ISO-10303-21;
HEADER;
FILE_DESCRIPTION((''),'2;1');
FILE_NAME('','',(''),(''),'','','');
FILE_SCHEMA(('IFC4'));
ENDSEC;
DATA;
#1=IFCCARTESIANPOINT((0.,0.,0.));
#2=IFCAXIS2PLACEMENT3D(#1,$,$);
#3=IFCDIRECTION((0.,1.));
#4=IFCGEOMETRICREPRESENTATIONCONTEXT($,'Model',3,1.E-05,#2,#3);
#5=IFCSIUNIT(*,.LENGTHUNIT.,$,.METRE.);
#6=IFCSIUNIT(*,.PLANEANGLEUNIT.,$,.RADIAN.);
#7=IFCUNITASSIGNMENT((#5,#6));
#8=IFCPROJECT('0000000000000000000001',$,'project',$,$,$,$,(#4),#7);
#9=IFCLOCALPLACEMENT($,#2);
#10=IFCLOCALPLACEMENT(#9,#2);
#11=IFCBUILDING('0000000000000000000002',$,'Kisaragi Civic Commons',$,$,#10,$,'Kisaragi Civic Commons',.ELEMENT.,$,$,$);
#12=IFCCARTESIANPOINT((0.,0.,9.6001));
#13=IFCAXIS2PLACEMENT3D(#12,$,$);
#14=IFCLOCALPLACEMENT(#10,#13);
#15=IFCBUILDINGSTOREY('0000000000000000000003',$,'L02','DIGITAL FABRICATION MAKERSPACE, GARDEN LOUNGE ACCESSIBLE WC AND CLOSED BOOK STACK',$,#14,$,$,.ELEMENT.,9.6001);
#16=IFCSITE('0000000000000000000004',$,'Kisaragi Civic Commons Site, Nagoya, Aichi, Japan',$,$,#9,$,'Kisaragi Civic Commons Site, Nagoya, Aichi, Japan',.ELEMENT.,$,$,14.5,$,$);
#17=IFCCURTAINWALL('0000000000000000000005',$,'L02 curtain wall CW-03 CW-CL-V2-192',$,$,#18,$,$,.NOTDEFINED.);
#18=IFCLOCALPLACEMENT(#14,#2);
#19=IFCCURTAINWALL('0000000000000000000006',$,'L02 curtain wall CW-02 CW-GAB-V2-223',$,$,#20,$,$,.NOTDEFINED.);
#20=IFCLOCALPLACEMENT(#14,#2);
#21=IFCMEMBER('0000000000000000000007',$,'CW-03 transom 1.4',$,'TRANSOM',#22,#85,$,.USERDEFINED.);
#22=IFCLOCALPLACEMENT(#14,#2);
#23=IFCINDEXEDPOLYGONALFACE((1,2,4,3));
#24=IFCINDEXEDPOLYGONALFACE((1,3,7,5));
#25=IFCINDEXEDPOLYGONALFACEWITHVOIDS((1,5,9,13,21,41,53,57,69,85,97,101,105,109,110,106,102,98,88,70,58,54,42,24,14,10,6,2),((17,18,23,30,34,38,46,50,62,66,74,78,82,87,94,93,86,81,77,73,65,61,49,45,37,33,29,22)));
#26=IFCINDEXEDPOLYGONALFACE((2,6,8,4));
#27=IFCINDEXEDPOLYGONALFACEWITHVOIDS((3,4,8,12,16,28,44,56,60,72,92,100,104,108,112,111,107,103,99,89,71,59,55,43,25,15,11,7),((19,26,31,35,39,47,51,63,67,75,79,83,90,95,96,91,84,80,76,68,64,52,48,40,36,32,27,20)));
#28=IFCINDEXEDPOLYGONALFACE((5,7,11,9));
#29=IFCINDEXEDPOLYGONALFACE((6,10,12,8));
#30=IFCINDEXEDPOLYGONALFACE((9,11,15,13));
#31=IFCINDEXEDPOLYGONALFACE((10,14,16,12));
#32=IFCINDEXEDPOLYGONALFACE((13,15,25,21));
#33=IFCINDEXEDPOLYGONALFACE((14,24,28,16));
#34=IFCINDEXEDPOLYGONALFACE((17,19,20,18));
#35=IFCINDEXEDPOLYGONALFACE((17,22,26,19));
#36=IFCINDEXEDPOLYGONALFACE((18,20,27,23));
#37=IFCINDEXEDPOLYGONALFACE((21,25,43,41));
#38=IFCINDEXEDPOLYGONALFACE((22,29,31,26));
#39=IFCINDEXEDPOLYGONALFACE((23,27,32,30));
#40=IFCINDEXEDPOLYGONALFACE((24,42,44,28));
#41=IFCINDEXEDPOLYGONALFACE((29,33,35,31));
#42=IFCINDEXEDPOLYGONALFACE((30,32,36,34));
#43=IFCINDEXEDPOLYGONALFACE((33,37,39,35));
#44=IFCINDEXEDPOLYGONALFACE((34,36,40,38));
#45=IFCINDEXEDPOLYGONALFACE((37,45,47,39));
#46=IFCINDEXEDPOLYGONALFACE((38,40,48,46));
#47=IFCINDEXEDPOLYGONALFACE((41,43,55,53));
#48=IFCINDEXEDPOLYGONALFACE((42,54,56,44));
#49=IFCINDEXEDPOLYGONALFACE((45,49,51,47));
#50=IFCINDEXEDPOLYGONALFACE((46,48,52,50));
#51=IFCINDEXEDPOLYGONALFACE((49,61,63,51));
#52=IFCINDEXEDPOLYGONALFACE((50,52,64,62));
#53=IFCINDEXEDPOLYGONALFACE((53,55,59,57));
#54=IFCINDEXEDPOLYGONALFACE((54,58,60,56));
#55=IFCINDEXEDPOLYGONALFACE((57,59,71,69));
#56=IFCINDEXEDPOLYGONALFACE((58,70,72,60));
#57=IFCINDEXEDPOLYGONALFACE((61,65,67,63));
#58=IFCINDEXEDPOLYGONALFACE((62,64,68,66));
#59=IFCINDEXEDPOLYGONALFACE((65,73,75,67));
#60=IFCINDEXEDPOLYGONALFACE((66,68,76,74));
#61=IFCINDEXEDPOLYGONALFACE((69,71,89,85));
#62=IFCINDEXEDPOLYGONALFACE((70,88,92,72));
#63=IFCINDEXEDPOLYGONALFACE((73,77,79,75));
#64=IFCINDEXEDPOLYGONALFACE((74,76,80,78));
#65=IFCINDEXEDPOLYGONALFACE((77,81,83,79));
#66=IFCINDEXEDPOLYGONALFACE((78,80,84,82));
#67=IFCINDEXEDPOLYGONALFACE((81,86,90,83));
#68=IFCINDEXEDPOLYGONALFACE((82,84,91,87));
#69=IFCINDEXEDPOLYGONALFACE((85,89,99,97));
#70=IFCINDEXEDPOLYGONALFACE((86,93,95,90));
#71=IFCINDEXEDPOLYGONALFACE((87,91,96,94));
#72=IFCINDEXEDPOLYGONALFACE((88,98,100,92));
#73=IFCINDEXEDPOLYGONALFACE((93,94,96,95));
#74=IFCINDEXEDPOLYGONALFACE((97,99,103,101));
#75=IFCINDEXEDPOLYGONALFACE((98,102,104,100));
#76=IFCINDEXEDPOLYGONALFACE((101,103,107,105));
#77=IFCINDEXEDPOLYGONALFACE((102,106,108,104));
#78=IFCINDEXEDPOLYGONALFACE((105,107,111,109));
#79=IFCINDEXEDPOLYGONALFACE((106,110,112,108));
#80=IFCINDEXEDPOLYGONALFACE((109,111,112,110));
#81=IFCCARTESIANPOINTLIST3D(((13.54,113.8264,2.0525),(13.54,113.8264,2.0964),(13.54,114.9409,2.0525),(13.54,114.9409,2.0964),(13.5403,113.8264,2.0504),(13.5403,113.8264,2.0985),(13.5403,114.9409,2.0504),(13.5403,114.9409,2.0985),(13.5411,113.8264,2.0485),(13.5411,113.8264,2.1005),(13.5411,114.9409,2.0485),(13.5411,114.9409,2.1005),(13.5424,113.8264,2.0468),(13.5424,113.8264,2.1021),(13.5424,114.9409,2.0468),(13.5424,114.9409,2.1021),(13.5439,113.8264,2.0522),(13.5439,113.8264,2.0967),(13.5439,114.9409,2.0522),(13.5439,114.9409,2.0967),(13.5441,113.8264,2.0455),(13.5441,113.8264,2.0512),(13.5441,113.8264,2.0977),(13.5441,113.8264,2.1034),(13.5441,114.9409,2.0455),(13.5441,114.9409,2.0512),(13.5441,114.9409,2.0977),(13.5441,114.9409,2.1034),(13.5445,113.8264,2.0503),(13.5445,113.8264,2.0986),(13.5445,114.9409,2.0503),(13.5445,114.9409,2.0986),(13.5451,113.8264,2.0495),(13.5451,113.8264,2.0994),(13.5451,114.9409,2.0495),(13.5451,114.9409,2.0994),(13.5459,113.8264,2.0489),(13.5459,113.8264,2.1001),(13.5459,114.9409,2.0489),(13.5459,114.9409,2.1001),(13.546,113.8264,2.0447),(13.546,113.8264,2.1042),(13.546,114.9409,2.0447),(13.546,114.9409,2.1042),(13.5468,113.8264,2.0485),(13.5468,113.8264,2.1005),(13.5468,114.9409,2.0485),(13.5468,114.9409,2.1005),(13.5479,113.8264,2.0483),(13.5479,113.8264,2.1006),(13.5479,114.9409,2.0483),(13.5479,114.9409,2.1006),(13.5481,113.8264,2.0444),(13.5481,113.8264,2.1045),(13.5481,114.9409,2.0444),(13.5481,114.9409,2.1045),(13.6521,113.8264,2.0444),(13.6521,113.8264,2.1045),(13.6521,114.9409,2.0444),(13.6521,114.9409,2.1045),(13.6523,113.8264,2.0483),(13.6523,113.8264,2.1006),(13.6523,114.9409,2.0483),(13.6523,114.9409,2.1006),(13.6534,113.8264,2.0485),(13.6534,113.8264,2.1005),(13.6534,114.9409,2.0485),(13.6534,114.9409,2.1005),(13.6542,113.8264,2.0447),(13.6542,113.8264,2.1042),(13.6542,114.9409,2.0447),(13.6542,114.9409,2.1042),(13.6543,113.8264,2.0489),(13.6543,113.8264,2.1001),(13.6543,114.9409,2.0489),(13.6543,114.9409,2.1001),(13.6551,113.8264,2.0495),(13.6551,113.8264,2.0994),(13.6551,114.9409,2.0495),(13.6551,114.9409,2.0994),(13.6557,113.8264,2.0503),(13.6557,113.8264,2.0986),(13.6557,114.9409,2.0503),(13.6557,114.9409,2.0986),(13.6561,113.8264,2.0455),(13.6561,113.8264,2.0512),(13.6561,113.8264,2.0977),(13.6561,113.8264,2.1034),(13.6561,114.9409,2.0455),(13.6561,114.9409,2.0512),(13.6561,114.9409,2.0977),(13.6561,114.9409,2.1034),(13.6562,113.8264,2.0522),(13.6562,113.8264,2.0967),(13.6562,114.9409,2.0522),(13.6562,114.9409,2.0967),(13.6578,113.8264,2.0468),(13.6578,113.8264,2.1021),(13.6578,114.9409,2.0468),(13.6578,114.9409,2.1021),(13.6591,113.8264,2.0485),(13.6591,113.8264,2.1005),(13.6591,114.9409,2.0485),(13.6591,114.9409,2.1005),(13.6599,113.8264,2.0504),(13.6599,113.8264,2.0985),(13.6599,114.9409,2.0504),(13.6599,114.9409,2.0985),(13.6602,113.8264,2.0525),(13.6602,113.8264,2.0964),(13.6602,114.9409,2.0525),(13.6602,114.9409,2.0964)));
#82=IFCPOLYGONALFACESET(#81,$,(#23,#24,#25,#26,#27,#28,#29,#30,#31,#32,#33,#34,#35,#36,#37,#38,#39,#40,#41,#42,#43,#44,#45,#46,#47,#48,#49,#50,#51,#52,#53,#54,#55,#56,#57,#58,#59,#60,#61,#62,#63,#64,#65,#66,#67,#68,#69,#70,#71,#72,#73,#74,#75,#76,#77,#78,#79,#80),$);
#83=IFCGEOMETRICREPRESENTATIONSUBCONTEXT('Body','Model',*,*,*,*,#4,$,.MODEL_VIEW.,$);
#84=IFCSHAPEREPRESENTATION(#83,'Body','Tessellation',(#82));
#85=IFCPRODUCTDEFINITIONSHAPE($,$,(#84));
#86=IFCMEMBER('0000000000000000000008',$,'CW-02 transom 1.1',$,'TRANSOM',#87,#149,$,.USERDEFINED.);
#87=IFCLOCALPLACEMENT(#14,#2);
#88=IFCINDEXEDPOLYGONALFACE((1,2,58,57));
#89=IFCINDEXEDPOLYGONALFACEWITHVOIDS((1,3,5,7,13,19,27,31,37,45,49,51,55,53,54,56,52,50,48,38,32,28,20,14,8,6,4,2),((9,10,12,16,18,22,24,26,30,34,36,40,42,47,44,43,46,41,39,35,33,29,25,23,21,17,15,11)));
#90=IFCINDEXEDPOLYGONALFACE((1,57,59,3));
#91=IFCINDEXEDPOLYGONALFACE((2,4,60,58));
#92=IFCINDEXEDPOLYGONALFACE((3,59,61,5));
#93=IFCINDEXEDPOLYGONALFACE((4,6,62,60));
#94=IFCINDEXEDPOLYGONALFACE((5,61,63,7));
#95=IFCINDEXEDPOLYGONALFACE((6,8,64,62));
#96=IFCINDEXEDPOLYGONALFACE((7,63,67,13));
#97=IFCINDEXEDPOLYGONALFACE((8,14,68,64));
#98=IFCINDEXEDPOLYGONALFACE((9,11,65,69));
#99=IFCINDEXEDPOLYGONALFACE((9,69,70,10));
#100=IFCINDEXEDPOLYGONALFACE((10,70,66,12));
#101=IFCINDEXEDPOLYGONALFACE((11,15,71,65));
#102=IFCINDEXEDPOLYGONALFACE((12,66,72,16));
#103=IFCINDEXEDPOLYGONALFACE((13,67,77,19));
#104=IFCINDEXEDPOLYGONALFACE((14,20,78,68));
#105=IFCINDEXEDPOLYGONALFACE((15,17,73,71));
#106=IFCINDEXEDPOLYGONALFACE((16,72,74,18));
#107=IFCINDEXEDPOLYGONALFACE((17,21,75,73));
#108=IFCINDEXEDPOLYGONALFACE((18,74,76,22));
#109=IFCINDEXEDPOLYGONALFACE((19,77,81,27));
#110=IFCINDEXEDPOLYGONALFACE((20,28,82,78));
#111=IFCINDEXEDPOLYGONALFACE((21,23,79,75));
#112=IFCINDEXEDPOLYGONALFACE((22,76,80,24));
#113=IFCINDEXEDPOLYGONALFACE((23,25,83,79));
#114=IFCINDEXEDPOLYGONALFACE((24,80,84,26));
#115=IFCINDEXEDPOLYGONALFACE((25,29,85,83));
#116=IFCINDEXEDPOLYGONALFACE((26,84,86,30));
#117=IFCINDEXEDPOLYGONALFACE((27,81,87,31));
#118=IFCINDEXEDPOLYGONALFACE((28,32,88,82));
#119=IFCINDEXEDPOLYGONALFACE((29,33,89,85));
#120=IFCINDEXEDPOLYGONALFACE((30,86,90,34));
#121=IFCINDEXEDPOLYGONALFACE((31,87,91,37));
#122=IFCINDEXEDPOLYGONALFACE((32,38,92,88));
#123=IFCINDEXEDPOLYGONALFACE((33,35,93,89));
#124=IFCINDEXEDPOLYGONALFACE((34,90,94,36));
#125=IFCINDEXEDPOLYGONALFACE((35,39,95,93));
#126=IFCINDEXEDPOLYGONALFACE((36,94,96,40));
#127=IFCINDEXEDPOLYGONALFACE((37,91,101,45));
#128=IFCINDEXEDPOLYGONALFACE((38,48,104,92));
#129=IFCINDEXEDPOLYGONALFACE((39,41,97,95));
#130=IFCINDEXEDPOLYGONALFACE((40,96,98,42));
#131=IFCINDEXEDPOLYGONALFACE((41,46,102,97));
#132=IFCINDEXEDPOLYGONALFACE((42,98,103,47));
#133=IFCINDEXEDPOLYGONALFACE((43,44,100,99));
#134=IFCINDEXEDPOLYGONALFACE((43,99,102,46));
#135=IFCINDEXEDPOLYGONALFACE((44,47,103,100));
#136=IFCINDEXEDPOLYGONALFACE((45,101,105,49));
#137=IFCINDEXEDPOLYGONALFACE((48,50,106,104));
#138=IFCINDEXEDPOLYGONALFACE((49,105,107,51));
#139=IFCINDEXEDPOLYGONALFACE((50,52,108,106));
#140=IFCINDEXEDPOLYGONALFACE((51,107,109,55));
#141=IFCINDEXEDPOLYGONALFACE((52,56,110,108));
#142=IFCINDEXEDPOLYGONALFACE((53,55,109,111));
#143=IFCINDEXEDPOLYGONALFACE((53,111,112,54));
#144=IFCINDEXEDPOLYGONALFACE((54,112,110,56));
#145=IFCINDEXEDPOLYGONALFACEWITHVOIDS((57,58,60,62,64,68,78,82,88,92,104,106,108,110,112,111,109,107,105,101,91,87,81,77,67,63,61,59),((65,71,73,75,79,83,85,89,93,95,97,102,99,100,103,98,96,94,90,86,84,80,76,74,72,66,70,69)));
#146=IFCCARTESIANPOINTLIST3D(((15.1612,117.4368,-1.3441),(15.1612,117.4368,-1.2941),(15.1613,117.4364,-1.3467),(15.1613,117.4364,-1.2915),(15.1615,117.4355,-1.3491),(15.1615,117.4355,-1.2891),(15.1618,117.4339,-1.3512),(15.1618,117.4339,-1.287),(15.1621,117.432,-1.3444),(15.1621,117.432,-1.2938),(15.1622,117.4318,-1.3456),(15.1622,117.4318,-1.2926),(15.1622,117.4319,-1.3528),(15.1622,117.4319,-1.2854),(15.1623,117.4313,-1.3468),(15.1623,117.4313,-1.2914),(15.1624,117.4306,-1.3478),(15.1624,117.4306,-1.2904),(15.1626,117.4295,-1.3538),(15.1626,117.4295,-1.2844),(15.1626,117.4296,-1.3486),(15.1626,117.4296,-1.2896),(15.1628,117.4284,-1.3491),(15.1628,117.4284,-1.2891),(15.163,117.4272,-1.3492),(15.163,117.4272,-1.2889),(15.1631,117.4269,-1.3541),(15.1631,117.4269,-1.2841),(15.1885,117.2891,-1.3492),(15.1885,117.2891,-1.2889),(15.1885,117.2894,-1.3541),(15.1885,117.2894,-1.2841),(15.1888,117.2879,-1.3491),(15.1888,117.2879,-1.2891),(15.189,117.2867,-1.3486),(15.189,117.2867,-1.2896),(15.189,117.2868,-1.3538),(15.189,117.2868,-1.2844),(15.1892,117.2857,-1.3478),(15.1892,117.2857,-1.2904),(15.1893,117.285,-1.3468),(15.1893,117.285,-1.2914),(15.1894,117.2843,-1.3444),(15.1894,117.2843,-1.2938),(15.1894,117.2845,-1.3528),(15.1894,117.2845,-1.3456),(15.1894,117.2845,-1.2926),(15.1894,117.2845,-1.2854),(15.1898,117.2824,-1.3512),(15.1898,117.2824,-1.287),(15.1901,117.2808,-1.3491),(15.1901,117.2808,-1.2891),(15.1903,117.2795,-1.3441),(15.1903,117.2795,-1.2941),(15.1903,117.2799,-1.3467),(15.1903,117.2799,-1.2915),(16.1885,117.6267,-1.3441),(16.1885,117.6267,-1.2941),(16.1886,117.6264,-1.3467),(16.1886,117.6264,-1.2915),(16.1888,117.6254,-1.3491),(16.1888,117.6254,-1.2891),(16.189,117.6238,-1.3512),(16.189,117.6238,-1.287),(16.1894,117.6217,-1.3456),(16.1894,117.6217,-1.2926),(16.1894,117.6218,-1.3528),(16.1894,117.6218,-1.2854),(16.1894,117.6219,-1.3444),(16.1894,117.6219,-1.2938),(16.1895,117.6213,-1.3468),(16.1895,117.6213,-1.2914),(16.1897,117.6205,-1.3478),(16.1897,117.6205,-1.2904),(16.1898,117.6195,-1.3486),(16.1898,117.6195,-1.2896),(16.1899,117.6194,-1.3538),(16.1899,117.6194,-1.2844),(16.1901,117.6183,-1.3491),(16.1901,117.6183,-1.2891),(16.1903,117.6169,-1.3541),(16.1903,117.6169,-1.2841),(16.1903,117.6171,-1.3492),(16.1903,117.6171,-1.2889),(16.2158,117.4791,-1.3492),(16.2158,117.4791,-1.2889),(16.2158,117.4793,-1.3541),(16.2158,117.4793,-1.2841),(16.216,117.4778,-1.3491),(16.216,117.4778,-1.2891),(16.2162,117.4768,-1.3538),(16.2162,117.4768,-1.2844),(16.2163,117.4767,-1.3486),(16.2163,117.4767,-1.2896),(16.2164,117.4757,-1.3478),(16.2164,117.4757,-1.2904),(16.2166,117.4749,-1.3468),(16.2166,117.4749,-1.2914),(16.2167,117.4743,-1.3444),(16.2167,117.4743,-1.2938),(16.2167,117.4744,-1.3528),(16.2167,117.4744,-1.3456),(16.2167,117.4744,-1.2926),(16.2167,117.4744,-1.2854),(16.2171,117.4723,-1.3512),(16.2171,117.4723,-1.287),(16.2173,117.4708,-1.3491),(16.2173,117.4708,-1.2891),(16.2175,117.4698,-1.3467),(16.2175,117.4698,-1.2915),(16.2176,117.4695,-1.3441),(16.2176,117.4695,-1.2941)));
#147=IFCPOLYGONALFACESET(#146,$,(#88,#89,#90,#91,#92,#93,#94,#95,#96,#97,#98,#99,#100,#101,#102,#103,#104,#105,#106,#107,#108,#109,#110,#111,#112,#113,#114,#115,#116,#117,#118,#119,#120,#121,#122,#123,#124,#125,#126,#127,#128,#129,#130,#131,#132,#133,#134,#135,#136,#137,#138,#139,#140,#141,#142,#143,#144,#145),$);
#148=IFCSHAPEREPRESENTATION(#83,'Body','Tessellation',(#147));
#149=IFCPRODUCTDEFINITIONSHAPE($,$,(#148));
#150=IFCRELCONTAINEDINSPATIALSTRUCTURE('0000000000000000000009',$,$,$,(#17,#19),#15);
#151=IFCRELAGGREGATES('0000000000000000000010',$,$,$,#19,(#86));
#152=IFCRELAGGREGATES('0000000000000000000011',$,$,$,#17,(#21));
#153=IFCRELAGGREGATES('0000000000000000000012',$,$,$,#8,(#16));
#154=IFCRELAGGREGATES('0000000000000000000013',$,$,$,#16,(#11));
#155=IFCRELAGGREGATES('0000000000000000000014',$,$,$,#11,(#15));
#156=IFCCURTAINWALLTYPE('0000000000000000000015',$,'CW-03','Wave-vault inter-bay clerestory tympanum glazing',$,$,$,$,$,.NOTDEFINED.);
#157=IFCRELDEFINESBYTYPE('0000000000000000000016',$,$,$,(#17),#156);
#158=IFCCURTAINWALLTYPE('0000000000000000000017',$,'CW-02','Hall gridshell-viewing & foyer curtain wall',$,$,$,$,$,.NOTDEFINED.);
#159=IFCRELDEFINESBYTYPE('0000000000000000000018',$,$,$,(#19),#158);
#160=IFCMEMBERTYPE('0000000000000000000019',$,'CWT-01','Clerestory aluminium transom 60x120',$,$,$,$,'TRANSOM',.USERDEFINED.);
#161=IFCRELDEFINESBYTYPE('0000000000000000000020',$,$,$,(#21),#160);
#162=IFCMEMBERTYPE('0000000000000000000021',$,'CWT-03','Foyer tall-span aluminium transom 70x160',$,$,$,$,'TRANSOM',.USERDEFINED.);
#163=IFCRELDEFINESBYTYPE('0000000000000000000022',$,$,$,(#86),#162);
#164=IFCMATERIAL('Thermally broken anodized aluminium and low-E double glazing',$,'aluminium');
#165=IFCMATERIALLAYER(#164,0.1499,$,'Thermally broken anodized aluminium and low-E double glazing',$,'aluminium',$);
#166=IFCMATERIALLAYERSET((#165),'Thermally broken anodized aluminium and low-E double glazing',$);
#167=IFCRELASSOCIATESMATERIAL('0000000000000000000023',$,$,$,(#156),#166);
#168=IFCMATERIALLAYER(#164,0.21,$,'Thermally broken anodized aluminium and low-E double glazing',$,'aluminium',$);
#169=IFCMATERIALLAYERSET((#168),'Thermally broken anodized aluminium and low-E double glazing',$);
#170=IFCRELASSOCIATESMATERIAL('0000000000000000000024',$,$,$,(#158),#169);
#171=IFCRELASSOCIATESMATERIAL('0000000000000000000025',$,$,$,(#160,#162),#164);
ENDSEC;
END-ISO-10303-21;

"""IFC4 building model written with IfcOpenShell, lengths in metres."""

from ifc_helpers import new_model, si_unit, direction, frame, origin, origin_2d, place, context, subcontext, project, spatial, hollow_rectangle, extrude, material, layer, layer_set, material_profile, profile_set, type_object, element, aggregate, save


model = new_model("IFC4")

# Units and contexts
model_context = context("Model", 3, precision=1e-05, world=origin(), true_north=direction((0.0, 1.0)))
body_context = subcontext(model_context, "Body", "Model", "MODEL_VIEW")
ifc_project = project(units=[si_unit("LENGTHUNIT", "METRE"), si_unit("PLANEANGLEUNIT", "RADIAN")], contexts=[model_context])

# Site, building, storey
site_placement = place(None, origin())
site = spatial("IfcSite", under=ifc_project, at=site_placement, Name="Kisaragi Civic Commons Site, Nagoya, Aichi, Japan", LongName="Kisaragi Civic Commons Site, Nagoya, Aichi, Japan", CompositionType="ELEMENT", RefElevation=14.5)
building_placement = place(site_placement, origin())
building = spatial("IfcBuilding", under=site, at=building_placement, Name="Kisaragi Civic Commons", LongName="Kisaragi Civic Commons", CompositionType="ELEMENT")
storey_placement = place(building_placement, frame((0.0, 0.0, 9.6001)))
storey = spatial("IfcBuildingStorey", under=building, at=storey_placement, Name="L02", Description="DIGITAL FABRICATION MAKERSPACE, GARDEN LOUNGE ACCESSIBLE WC AND CLOSED BOOK STACK", CompositionType="ELEMENT", Elevation=9.6001)

# Curtain wall
ifc_material_1 = material(Name="Thermally broken anodized aluminium and low-E double glazing", Category="aluminium")
ifc_layer_1 = layer(ifc_material_1, 0.1499, Name="Thermally broken anodized aluminium and low-E double glazing", Category="aluminium")
ifc_layer_set_1 = layer_set([ifc_layer_1], Name="Thermally broken anodized aluminium and low-E double glazing")
curtain_wall_type_1 = type_object("IfcCurtainWallType", Name="CW-03", Description="Wave-vault inter-bay clerestory tympanum glazing", PredefinedType="NOTDEFINED", material=ifc_layer_set_1)
curtain_wall_1_placement = place(storey_placement, origin())
curtain_wall_1 = element("IfcCurtainWall", 1, at=curtain_wall_1_placement, inside=storey, type_object=curtain_wall_type_1, Name="L02 curtain wall CW-03 CW-CL-V2-192", PredefinedType="NOTDEFINED")

# Curtain wall
ifc_layer_2 = layer(ifc_material_1, 0.21, Name="Thermally broken anodized aluminium and low-E double glazing", Category="aluminium")
ifc_layer_set_2 = layer_set([ifc_layer_2], Name="Thermally broken anodized aluminium and low-E double glazing")
curtain_wall_type_2 = type_object("IfcCurtainWallType", Name="CW-02", Description="Hall gridshell-viewing & foyer curtain wall", PredefinedType="NOTDEFINED", material=ifc_layer_set_2)
curtain_wall_2_placement = place(storey_placement, origin())
curtain_wall_2 = element("IfcCurtainWall", 2, at=curtain_wall_2_placement, inside=storey, type_object=curtain_wall_type_2, Name="L02 curtain wall CW-02 CW-GAB-V2-223", PredefinedType="NOTDEFINED")

# Members
ifc_material_profile_1 = material_profile(ifc_material_1, hollow_rectangle(XDim=0.1201, YDim=0.0601, WallThickness=0.0039, InnerFilletRadius=0.0039, OuterFilletRadius=0.0081, at=origin_2d()), Name="CWT-60x120x4", Category="aluminium")
ifc_profile_set_1 = profile_set([ifc_material_profile_1], Name="Thermally broken anodized aluminium and low-E double glazing")
member_type_1 = type_object("IfcMemberType", Name="CWT-01", Description="Clerestory aluminium transom 60x120", ElementType="TRANSOM", PredefinedType="USERDEFINED", material=ifc_profile_set_1)
member_1_placement = place(storey_placement, frame((13.6001, 113.8264, 2.0745), z_axis=(0.0, 1.0, 0.0), x_axis=(-1.0, 0.0, 0.0)))
member_1 = element("IfcMember", 3, at=member_1_placement, type_object=member_type_1, Name="CW-03 transom 1.4", ObjectType="TRANSOM", PredefinedType="USERDEFINED", context=body_context, shape_type="SweptSolid", body=[
    extrude(hollow_rectangle(XDim=0.1201, YDim=0.0601, WallThickness=0.0039, InnerFilletRadius=0.0039, OuterFilletRadius=0.0081, at=origin_2d()), origin(), (0.0, 0.0, 1.0), 1.1145),
])
ifc_material_profile_2 = material_profile(ifc_material_1, hollow_rectangle(XDim=0.1599, YDim=0.0701, WallThickness=0.0049, InnerFilletRadius=0.0049, OuterFilletRadius=0.01, at=origin_2d()), Name="CWT-70x160x5", Category="aluminium")
ifc_profile_set_2 = profile_set([ifc_material_profile_2], Name="Thermally broken anodized aluminium and low-E double glazing")
member_type_2 = type_object("IfcMemberType", Name="CWT-03", Description="Foyer tall-span aluminium transom 70x160", ElementType="TRANSOM", PredefinedType="USERDEFINED", material=ifc_profile_set_2)
member_2_placement = place(storey_placement, frame((15.1758, 117.3582, -1.3191), z_axis=(0.983335, 0.181805, 0.0), x_axis=(-0.181805, 0.983335, 0.0)))
member_2 = element("IfcMember", 4, at=member_2_placement, type_object=member_type_2, Name="CW-02 transom 1.1", ObjectType="TRANSOM", PredefinedType="USERDEFINED", context=body_context, shape_type="SweptSolid", body=[
    extrude(hollow_rectangle(XDim=0.1599, YDim=0.0701, WallThickness=0.0049, InnerFilletRadius=0.0049, OuterFilletRadius=0.01, at=origin_2d()), origin(), (0.0, 0.0, 1.0), 1.0447),
])

aggregate(curtain_wall_2, [member_2])
aggregate(curtain_wall_1, [member_1])

save(model, "model.ifc")
